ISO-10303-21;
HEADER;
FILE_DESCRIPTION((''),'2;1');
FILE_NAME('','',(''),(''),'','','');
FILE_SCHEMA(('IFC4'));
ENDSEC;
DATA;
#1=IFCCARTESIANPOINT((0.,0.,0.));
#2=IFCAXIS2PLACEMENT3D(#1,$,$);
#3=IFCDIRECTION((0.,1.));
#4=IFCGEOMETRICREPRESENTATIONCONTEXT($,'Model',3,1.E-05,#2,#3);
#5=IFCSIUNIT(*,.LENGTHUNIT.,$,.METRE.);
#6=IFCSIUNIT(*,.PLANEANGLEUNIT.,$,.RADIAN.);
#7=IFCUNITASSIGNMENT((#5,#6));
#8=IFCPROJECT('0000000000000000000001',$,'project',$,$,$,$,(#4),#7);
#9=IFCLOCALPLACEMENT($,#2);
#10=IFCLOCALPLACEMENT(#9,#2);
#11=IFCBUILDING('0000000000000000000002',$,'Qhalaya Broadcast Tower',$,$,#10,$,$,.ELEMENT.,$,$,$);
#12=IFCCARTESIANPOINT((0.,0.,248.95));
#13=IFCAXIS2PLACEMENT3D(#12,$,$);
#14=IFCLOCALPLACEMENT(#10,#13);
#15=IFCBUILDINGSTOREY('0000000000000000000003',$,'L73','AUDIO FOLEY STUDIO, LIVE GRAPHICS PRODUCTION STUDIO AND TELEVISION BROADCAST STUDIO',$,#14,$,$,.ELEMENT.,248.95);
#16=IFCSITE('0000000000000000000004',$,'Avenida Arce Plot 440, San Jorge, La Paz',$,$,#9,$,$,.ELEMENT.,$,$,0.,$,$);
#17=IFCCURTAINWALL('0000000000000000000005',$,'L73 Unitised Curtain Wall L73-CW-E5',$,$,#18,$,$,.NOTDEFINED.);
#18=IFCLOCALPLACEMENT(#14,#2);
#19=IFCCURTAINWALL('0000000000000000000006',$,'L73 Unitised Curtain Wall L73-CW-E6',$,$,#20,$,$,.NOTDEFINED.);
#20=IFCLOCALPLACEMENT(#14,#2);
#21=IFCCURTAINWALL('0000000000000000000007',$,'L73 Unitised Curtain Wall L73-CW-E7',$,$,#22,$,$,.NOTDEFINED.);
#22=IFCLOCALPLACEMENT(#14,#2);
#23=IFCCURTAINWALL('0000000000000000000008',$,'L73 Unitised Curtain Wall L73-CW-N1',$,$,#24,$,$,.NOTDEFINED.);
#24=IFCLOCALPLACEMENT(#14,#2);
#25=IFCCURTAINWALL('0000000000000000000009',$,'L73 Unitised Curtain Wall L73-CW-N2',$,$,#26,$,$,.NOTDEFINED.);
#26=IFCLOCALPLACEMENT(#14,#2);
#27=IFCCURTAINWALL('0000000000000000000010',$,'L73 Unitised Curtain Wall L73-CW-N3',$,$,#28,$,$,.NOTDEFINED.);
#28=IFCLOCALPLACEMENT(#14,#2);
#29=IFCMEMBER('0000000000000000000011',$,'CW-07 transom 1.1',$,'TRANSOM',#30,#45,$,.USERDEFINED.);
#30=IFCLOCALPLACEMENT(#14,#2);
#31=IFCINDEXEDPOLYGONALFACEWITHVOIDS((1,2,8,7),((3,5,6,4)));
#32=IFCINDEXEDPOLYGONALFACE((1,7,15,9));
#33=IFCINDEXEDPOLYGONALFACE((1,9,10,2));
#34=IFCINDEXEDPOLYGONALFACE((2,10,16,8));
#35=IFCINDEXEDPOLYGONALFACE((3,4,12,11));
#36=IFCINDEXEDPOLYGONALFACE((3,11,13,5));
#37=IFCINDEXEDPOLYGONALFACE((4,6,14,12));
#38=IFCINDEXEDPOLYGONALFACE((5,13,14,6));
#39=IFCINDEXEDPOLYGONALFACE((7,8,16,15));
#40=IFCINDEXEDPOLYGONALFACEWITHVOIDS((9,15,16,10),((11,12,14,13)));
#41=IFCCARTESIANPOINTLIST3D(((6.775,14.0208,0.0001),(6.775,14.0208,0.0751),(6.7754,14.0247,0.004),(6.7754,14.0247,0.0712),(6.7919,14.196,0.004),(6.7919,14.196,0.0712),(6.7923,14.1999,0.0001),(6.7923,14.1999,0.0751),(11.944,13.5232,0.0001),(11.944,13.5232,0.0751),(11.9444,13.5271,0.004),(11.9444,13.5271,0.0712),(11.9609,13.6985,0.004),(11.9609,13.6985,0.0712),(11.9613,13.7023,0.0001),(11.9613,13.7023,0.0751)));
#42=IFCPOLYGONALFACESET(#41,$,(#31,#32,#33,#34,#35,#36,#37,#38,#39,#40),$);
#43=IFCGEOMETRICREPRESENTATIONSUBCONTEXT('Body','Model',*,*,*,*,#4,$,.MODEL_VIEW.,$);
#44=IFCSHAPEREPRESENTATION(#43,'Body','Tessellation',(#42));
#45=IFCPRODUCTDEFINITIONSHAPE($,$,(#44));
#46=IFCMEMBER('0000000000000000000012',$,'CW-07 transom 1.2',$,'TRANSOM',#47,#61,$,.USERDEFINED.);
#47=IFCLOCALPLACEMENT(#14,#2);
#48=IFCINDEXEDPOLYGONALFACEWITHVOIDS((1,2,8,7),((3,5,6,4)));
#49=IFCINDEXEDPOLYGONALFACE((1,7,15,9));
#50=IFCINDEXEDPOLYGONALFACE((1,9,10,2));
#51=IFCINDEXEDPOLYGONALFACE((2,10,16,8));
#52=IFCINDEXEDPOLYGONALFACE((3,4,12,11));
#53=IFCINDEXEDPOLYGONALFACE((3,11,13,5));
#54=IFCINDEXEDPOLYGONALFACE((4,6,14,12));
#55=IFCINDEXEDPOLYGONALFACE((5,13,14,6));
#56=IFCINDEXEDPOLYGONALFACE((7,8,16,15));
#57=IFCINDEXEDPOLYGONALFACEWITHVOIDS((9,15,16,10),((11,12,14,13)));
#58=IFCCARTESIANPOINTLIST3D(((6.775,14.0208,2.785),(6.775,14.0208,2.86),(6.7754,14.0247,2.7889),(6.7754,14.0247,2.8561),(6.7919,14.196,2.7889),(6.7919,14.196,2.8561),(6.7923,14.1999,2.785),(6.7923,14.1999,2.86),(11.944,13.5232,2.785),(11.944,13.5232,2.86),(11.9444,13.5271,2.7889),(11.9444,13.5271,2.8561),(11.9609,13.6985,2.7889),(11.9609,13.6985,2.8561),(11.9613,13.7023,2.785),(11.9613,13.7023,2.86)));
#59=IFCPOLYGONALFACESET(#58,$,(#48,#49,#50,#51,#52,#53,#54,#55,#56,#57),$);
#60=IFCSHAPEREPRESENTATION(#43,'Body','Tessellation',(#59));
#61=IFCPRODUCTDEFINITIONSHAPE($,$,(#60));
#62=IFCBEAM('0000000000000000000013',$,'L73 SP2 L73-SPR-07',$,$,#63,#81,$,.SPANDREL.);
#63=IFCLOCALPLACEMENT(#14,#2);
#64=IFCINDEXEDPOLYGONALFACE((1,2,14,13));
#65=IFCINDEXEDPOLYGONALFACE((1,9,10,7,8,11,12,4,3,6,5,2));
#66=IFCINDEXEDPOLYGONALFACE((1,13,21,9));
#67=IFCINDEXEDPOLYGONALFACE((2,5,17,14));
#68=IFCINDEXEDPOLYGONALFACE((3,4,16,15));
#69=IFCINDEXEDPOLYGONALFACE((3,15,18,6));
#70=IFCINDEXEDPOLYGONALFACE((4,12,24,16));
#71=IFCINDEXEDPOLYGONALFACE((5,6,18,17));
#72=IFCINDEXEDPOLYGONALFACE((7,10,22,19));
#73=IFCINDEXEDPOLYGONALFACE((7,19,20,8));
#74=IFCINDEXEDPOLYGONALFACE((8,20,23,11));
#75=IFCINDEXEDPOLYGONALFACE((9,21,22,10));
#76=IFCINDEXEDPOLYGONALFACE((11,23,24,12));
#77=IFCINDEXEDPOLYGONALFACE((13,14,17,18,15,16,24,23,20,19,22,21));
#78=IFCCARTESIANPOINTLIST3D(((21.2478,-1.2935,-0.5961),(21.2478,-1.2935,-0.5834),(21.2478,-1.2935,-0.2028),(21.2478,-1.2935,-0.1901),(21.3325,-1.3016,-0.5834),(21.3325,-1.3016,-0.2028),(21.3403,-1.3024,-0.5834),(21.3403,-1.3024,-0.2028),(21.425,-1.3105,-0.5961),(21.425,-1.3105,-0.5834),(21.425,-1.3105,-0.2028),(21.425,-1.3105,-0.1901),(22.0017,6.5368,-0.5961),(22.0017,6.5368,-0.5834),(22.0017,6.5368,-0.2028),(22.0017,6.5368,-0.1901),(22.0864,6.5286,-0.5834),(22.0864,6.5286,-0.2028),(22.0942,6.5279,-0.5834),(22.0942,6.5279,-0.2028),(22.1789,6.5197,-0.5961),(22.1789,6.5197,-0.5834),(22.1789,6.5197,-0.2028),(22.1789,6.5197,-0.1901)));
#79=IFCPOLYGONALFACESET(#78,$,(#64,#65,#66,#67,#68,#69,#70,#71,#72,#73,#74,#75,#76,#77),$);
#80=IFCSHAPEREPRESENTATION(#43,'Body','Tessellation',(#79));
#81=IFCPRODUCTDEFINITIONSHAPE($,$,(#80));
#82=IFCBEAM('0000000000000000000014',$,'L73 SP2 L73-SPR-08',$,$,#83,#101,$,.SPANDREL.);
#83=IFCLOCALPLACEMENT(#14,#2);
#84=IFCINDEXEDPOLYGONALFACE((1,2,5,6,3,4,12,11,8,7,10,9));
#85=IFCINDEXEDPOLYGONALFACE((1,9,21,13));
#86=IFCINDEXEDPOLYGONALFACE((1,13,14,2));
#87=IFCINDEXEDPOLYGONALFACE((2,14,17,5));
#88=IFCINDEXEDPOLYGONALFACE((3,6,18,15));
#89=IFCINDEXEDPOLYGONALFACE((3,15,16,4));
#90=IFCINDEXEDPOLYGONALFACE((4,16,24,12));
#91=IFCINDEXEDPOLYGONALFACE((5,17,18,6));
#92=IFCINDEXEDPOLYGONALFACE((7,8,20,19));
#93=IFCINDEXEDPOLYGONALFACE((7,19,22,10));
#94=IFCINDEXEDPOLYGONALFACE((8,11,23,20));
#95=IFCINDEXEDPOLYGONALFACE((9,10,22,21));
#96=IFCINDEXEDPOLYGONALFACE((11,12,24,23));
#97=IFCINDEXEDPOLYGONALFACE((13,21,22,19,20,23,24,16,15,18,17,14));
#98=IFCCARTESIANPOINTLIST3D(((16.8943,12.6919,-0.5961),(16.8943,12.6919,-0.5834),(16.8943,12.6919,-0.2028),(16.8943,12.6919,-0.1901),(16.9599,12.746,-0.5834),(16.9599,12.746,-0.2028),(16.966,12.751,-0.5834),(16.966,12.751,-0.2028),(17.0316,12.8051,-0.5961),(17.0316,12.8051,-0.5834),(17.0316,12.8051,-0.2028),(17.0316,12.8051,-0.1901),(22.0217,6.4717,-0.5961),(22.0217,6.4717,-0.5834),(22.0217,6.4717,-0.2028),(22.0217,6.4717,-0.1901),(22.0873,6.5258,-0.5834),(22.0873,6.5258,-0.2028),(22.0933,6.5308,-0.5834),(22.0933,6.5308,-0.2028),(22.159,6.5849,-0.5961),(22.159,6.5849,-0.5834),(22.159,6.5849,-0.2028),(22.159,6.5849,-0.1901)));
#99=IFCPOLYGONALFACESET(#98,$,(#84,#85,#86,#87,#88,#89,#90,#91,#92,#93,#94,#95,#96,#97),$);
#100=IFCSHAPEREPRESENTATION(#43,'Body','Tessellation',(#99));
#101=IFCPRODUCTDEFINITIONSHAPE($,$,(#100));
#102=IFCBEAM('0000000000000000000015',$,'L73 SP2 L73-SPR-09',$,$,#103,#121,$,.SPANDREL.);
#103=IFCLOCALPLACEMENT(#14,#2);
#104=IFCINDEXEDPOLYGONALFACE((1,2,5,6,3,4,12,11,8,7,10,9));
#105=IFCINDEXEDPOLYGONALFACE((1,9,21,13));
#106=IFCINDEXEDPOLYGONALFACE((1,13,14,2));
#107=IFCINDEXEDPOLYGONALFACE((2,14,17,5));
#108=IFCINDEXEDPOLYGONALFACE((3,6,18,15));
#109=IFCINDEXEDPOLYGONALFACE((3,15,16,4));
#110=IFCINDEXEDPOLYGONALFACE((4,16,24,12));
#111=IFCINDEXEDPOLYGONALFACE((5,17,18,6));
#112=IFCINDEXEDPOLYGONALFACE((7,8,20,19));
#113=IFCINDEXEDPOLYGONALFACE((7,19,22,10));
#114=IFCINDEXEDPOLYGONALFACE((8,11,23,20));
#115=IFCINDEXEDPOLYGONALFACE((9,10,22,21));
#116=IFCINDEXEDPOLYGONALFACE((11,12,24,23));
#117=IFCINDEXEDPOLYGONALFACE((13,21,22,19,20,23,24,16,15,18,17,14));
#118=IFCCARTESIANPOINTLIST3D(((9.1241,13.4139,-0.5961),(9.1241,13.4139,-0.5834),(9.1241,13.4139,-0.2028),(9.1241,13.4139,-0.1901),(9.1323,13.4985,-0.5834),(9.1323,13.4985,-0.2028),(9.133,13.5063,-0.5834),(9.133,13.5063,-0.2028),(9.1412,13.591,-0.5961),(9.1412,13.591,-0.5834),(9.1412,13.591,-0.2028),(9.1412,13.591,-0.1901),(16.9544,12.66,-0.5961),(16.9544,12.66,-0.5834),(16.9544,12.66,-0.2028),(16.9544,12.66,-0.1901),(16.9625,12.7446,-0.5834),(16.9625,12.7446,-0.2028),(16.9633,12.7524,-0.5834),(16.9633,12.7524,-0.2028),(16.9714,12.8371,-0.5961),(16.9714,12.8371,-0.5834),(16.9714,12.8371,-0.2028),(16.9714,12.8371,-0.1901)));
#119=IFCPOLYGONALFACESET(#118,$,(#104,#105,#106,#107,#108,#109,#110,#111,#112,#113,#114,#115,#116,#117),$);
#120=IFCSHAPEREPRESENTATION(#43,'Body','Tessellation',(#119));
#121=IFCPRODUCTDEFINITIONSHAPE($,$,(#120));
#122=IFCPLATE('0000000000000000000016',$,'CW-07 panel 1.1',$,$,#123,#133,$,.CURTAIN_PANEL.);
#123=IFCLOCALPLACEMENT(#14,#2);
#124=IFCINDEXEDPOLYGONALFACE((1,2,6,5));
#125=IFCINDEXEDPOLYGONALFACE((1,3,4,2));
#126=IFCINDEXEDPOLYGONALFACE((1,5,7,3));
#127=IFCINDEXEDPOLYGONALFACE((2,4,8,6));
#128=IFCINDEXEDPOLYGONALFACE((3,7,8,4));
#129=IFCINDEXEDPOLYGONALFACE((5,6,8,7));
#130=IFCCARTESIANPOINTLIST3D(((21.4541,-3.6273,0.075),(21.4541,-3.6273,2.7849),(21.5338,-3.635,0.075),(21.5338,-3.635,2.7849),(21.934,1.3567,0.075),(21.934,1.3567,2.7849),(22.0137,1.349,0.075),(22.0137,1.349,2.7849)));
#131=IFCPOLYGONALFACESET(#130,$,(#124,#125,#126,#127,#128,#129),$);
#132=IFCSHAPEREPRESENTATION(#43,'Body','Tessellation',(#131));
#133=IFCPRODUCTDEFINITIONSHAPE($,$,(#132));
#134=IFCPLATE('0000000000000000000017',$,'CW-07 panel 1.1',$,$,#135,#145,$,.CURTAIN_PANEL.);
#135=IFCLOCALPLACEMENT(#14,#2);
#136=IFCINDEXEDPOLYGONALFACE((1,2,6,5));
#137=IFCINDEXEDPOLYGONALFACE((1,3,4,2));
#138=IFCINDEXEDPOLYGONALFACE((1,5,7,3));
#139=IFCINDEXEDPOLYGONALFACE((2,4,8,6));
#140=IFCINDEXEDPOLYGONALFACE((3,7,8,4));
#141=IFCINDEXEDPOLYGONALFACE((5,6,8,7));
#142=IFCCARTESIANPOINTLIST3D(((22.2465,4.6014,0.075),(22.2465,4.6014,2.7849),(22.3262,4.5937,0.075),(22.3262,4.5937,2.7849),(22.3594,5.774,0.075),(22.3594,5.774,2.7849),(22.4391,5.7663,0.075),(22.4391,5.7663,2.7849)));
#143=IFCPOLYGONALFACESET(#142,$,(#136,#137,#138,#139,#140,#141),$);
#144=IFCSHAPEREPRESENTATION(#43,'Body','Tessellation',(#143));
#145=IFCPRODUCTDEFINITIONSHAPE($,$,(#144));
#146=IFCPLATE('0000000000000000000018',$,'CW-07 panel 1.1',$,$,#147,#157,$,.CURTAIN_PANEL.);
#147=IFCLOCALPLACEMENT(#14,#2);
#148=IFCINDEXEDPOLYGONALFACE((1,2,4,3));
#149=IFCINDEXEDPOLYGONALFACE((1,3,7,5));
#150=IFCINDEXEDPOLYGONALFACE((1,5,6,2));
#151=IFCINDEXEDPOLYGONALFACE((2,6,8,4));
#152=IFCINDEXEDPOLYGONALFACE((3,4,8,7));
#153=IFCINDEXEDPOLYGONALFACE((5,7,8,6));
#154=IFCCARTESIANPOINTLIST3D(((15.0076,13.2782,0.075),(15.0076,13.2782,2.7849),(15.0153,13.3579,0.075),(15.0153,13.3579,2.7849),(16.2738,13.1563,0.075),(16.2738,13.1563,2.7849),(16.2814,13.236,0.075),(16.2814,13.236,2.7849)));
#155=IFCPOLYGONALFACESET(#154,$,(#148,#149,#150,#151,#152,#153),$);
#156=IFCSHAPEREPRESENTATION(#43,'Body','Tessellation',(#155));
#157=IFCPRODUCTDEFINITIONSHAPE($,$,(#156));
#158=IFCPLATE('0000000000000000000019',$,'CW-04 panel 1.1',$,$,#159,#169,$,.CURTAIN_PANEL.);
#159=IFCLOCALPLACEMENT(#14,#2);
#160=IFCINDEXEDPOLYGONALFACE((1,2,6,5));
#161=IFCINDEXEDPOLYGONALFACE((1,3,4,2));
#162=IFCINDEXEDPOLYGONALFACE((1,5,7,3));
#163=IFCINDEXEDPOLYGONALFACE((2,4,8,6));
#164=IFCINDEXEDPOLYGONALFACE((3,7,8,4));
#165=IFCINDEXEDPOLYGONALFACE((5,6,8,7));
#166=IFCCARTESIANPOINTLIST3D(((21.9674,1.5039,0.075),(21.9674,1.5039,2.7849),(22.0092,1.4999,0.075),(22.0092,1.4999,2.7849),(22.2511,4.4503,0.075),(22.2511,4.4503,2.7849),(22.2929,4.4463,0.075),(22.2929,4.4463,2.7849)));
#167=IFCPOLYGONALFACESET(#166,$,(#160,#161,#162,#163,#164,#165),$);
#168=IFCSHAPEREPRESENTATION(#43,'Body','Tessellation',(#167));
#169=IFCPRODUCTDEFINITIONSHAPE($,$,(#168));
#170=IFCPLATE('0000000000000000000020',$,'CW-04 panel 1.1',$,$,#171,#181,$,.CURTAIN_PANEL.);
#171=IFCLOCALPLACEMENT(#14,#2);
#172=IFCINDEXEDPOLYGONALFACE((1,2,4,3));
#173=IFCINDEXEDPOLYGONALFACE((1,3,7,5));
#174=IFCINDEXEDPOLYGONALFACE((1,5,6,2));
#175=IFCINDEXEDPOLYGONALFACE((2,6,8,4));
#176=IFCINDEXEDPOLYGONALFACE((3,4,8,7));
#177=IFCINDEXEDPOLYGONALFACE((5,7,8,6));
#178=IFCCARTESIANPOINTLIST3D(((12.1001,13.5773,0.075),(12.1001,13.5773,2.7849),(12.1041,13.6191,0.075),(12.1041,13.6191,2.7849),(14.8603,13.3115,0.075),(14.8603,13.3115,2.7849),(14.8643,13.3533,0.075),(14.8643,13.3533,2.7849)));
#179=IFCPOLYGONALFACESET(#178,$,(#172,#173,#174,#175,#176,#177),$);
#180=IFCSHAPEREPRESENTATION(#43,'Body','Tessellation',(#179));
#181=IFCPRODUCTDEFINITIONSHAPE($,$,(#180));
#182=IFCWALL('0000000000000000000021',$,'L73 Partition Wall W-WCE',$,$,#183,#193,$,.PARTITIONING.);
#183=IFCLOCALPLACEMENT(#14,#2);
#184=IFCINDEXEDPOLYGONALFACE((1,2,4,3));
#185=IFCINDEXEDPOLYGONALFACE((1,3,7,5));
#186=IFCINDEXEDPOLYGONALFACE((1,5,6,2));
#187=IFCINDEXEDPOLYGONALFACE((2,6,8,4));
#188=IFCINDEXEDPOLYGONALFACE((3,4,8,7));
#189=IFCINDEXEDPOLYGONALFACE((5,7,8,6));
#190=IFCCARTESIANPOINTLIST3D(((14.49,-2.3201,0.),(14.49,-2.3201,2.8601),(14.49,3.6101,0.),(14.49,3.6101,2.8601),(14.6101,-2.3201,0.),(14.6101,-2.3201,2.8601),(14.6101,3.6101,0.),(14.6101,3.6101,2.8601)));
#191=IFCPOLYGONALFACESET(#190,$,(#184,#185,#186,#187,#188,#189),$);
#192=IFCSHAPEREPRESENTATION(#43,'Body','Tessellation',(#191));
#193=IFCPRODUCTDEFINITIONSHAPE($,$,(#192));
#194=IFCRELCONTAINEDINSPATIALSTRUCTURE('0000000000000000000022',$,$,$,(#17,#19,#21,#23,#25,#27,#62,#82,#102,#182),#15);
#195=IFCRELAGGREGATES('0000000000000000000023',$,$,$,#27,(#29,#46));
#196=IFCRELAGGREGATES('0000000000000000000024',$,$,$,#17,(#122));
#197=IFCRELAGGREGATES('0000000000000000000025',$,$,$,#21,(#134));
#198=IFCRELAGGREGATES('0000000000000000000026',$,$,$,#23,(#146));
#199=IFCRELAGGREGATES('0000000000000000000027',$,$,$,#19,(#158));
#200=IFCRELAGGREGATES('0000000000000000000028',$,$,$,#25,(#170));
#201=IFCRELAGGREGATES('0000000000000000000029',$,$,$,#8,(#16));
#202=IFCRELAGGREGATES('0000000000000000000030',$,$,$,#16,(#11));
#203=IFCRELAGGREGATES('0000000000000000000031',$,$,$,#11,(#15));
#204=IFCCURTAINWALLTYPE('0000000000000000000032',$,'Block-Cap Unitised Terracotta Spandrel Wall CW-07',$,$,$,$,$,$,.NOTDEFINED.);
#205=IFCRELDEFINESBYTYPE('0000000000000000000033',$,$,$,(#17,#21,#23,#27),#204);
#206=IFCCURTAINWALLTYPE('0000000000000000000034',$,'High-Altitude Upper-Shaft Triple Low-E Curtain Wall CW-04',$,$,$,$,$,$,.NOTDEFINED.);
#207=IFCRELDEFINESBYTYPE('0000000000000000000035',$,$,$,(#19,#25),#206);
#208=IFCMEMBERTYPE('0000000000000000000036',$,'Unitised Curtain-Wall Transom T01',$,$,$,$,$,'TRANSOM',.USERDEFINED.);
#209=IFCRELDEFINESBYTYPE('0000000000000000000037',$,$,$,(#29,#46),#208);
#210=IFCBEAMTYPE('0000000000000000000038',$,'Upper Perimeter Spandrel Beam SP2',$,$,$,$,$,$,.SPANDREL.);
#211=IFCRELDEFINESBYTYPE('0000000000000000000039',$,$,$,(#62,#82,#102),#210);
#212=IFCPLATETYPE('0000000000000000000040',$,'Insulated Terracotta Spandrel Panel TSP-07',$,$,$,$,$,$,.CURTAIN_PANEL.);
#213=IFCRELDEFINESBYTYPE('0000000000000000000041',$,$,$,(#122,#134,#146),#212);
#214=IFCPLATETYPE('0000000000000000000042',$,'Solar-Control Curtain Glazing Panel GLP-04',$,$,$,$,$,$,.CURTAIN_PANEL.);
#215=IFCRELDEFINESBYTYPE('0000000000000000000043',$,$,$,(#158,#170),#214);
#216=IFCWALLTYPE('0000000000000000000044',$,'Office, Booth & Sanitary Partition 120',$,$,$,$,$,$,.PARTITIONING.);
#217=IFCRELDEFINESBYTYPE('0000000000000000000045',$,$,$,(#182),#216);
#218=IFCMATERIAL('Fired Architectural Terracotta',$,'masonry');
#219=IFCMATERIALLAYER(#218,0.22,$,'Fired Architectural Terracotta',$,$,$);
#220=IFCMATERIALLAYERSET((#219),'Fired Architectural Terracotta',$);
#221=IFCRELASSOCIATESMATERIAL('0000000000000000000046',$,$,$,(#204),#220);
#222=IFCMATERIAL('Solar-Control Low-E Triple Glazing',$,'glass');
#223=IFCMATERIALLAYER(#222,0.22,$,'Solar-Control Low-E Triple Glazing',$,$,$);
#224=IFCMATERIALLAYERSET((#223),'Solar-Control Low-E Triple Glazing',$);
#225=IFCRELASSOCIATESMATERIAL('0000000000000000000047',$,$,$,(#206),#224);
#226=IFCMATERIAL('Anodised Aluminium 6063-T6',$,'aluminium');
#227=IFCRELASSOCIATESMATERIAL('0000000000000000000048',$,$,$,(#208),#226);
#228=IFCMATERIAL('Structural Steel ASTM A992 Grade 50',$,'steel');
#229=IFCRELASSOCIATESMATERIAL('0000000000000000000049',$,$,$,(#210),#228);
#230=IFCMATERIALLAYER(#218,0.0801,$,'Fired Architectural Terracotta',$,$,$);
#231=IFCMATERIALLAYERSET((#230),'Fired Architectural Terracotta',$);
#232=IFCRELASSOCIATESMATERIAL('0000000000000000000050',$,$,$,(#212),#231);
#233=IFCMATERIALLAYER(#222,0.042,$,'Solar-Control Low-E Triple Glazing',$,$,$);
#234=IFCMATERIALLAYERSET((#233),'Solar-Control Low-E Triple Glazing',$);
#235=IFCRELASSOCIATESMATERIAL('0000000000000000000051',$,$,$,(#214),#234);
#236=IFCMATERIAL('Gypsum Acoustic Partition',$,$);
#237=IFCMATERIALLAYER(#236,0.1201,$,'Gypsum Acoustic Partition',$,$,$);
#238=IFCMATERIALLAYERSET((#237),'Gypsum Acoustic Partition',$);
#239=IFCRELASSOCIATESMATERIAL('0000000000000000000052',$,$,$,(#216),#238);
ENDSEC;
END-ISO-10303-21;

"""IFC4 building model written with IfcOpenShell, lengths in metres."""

from ifc_helpers import new_model, si_unit, direction, frame, frame_2d, origin, origin_2d, place, context, subcontext, project, spatial, rectangle, hollow_rectangle, i_section, extrude, material, layer, layer_set, material_profile, profile_set, type_object, element, aggregate, save


model = new_model("IFC4")

# Units and contexts
model_context = context("Model", 3, precision=1e-05, world=origin(), true_north=direction((0.0, 1.0)))
body_context = subcontext(model_context, "Body", "Model", "MODEL_VIEW")
ifc_project = project(units=[si_unit("LENGTHUNIT", "METRE"), si_unit("PLANEANGLEUNIT", "RADIAN")], contexts=[model_context])

# Site, building, storey
site_placement = place(None, origin())
site = spatial("IfcSite", under=ifc_project, at=site_placement, Name="Avenida Arce Plot 440, San Jorge, La Paz", CompositionType="ELEMENT", RefElevation=0.0)
building_placement = place(site_placement, origin())
building = spatial("IfcBuilding", under=site, at=building_placement, Name="Qhalaya Broadcast Tower", CompositionType="ELEMENT")
storey_placement = place(building_placement, frame((0.0, 0.0, 248.95)))
storey = spatial("IfcBuildingStorey", under=building, at=storey_placement, Name="L73", Description="AUDIO FOLEY STUDIO, LIVE GRAPHICS PRODUCTION STUDIO AND TELEVISION BROADCAST STUDIO", CompositionType="ELEMENT", Elevation=248.95)

# Shared definitions
ifc_material_1 = material(Name="Fired Architectural Terracotta", Category="masonry")

# Curtain wall
ifc_layer_1 = layer(ifc_material_1, 0.22, Name="Fired Architectural Terracotta")
ifc_layer_set_1 = layer_set([ifc_layer_1], Name="Fired Architectural Terracotta")
curtain_wall_type_1 = type_object("IfcCurtainWallType", Name="Block-Cap Unitised Terracotta Spandrel Wall CW-07", PredefinedType="NOTDEFINED", material=ifc_layer_set_1)
curtain_wall_1_placement = place(storey_placement, origin())
curtain_wall_1 = element("IfcCurtainWall", 1, at=curtain_wall_1_placement, inside=storey, type_object=curtain_wall_type_1, Name="L73 Unitised Curtain Wall L73-CW-E5", PredefinedType="NOTDEFINED")
ifc_material_2 = material(Name="Anodised Aluminium 6063-T6", Category="aluminium")

# Curtain walls
ifc_material_3 = material(Name="Solar-Control Low-E Triple Glazing", Category="glass")
ifc_layer_2 = layer(ifc_material_3, 0.22, Name="Solar-Control Low-E Triple Glazing")
ifc_layer_set_2 = layer_set([ifc_layer_2], Name="Solar-Control Low-E Triple Glazing")
curtain_wall_type_2 = type_object("IfcCurtainWallType", Name="High-Altitude Upper-Shaft Triple Low-E Curtain Wall CW-04", PredefinedType="NOTDEFINED", material=ifc_layer_set_2)
curtain_wall_2_placement = place(storey_placement, origin())
curtain_wall_2 = element("IfcCurtainWall", 2, at=curtain_wall_2_placement, inside=storey, type_object=curtain_wall_type_2, Name="L73 Unitised Curtain Wall L73-CW-E6", PredefinedType="NOTDEFINED")
curtain_wall_3_placement = place(storey_placement, origin())
curtain_wall_3 = element("IfcCurtainWall", 3, at=curtain_wall_3_placement, inside=storey, type_object=curtain_wall_type_1, Name="L73 Unitised Curtain Wall L73-CW-E7", PredefinedType="NOTDEFINED")
curtain_wall_4_placement = place(storey_placement, origin())
curtain_wall_4 = element("IfcCurtainWall", 4, at=curtain_wall_4_placement, inside=storey, type_object=curtain_wall_type_1, Name="L73 Unitised Curtain Wall L73-CW-N1", PredefinedType="NOTDEFINED")
curtain_wall_5_placement = place(storey_placement, origin())
curtain_wall_5 = element("IfcCurtainWall", 5, at=curtain_wall_5_placement, inside=storey, type_object=curtain_wall_type_2, Name="L73 Unitised Curtain Wall L73-CW-N2", PredefinedType="NOTDEFINED")

# Curtain wall
curtain_wall_6_placement = place(storey_placement, origin())
curtain_wall_6 = element("IfcCurtainWall", 6, at=curtain_wall_6_placement, inside=storey, type_object=curtain_wall_type_1, Name="L73 Unitised Curtain Wall L73-CW-N3", PredefinedType="NOTDEFINED")

# Members
ifc_material_profile_1 = material_profile(ifc_material_2, hollow_rectangle(XDim=0.075, YDim=0.1799, WallThickness=0.0039, at=origin_2d()), Name="ALU-TRN 75x180x4")
ifc_profile_set_1 = profile_set([ifc_material_profile_1], Name="Anodised Aluminium 6063-T6")
member_type_1 = type_object("IfcMemberType", Name="Unitised Curtain-Wall Transom T01", ElementType="TRANSOM", PredefinedType="USERDEFINED", material=ifc_profile_set_1)
member_1_placement = place(storey_placement, frame((11.9526, 13.6128, 0.0376), z_axis=(-0.995399, 0.095816, 0.0), x_axis=(0.0, 0.0, 1.0)))
member_1 = element("IfcMember", 7, at=member_1_placement, type_object=member_type_1, Name="CW-07 transom 1.1", ObjectType="TRANSOM", PredefinedType="USERDEFINED", context=body_context, shape_type="SweptSolid", body=[
    extrude(hollow_rectangle(XDim=0.075, YDim=0.1799, WallThickness=0.0039, at=origin_2d()), origin(), (0.0, 0.0, 1.0), 5.1929),
])
member_2_placement = place(storey_placement, frame((11.9526, 13.6128, 2.8225), z_axis=(-0.995399, 0.095816, 0.0), x_axis=(0.0, 0.0, 1.0)))
member_2 = element("IfcMember", 8, at=member_2_placement, type_object=member_type_1, Name="CW-07 transom 1.2", ObjectType="TRANSOM", PredefinedType="USERDEFINED", context=body_context, shape_type="SweptSolid", body=[
    extrude(hollow_rectangle(XDim=0.075, YDim=0.1799, WallThickness=0.0039, at=origin_2d()), origin(), (0.0, 0.0, 1.0), 5.1929),
])
aggregate(curtain_wall_6, [member_1, member_2])

# Beams
ifc_material_4 = material(Name="Structural Steel ASTM A992 Grade 50", Category="steel")
ifc_material_profile_2 = material_profile(ifc_material_4, i_section(OverallWidth=0.178, OverallDepth=0.406, WebThickness=0.0078, FlangeThickness=0.0127, at=origin_2d()), Name="W16X40")
ifc_profile_set_2 = profile_set([ifc_material_profile_2], Name="Structural Steel ASTM A992 Grade 50")
beam_type = type_object("IfcBeamType", Name="Upper Perimeter Spandrel Beam SP2", PredefinedType="SPANDREL", material=ifc_profile_set_2)
beam_1_placement = place(storey_placement, frame((21.3364, -1.302, -0.3931), z_axis=(0.095837, 0.995397, 0.0), x_axis=(-0.995397, 0.095837, 0.0)))
element("IfcBeam", 9, at=beam_1_placement, inside=storey, type_object=beam_type, Name="L73 SP2 L73-SPR-07", PredefinedType="SPANDREL", context=body_context, shape_type="SweptSolid", body=[
    extrude(i_section(OverallWidth=0.178, OverallDepth=0.406, WebThickness=0.0078, FlangeThickness=0.0127, at=origin_2d()), origin(), (0.0, 0.0, 1.0), 7.8665),
])
beam_2_placement = place(storey_placement, frame((22.0903, 6.5283, -0.3931), z_axis=(-0.63607, 0.771631, 0.0), x_axis=(-0.771631, -0.63607, 0.0)))
element("IfcBeam", 10, at=beam_2_placement, inside=storey, type_object=beam_type, Name="L73 SP2 L73-SPR-08", PredefinedType="SPANDREL", context=body_context, shape_type="SweptSolid", body=[
    extrude(i_section(OverallWidth=0.178, OverallDepth=0.406, WebThickness=0.0078, FlangeThickness=0.0127, at=origin_2d()), origin(), (0.0, 0.0, 1.0), 8.061),
])
beam_3_placement = place(storey_placement, frame((16.9629, 12.7485, -0.3931), z_axis=(-0.995397, 0.095837, 0.0), x_axis=(-0.095837, -0.995397, 0.0)))
element("IfcBeam", 11, at=beam_3_placement, inside=storey, type_object=beam_type, Name="L73 SP2 L73-SPR-09", PredefinedType="SPANDREL", context=body_context, shape_type="SweptSolid", body=[
    extrude(i_section(OverallWidth=0.178, OverallDepth=0.406, WebThickness=0.0078, FlangeThickness=0.0127, at=origin_2d()), origin(), (0.0, 0.0, 1.0), 7.8665),
])

# Plates
ifc_layer_3 = layer(ifc_material_1, 0.0801, Name="Fired Architectural Terracotta")
ifc_layer_set_3 = layer_set([ifc_layer_3], Name="Fired Architectural Terracotta")
plate_type_1 = type_object("IfcPlateType", Name="Insulated Terracotta Spandrel Panel TSP-07", PredefinedType="CURTAIN_PANEL", material=ifc_layer_set_3)
plate_1_placement = place(storey_placement, frame((21.7339, -1.1392, 0.075), z_axis=(0.0, 0.0, 1.0), x_axis=(0.095849, 0.995396, 0.0)))
plate_1 = element("IfcPlate", 12, at=plate_1_placement, type_object=plate_type_1, Name="CW-07 panel 1.1", PredefinedType="CURTAIN_PANEL", context=body_context, shape_type="SweptSolid", body=[
    extrude(rectangle(XDim=5.0071, YDim=0.0801, at=origin_2d()), origin(), (0.0, 0.0, 1.0), 2.71),
])
aggregate(curtain_wall_1, [plate_1])
plate_2_placement = place(storey_placement, frame((22.3428, 5.1838, 0.075), z_axis=(0.0, 0.0, 1.0), x_axis=(0.095857, 0.995395, 0.0)))
plate_2 = element("IfcPlate", 13, at=plate_2_placement, type_object=plate_type_1, Name="CW-07 panel 1.1", PredefinedType="CURTAIN_PANEL", context=body_context, shape_type="SweptSolid", body=[
    extrude(rectangle(XDim=1.178, YDim=0.0801, at=origin_2d()), origin(), (0.0, 0.0, 1.0), 2.71),
])
aggregate(curtain_wall_3, [plate_2])
plate_3_placement = place(storey_placement, frame((15.6445, 13.2571, 0.075), z_axis=(0.0, 0.0, 1.0), x_axis=(-0.995396, 0.095848, 0.0)))
plate_3 = element("IfcPlate", 14, at=plate_3_placement, type_object=plate_type_1, Name="CW-07 panel 1.1", PredefinedType="CURTAIN_PANEL", context=body_context, shape_type="SweptSolid", body=[
    extrude(rectangle(XDim=1.272, YDim=0.0801, at=origin_2d()), origin(), (0.0, 0.0, 1.0), 2.71),
])
aggregate(curtain_wall_4, [plate_3])
ifc_layer_4 = layer(ifc_material_3, 0.042, Name="Solar-Control Low-E Triple Glazing")
ifc_layer_set_4 = layer_set([ifc_layer_4], Name="Solar-Control Low-E Triple Glazing")
plate_type_2 = type_object("IfcPlateType", Name="Solar-Control Curtain Glazing Panel GLP-04", PredefinedType="CURTAIN_PANEL", material=ifc_layer_set_4)
plate_4_placement = place(storey_placement, frame((22.1301, 2.9751, 0.075), z_axis=(0.0, 0.0, 1.0), x_axis=(0.095855, 0.995395, 0.0)))
plate_4 = element("IfcPlate", 15, at=plate_4_placement, type_object=plate_type_2, Name="CW-04 panel 1.1", PredefinedType="CURTAIN_PANEL", context=body_context, shape_type="SweptSolid", body=[
    extrude(rectangle(XDim=2.96, YDim=0.042, at=origin_2d()), origin(), (0.0, 0.0, 1.0), 2.71),
])
aggregate(curtain_wall_2, [plate_4])
plate_5_placement = place(storey_placement, frame((13.4822, 13.4653, 0.075), z_axis=(0.0, 0.0, 1.0), x_axis=(-0.995395, 0.095862, 0.0)))
plate_5 = element("IfcPlate", 16, at=plate_5_placement, type_object=plate_type_2, Name="CW-04 panel 1.1", PredefinedType="CURTAIN_PANEL", context=body_context, shape_type="SweptSolid", body=[
    extrude(rectangle(XDim=2.7729, YDim=0.042, at=origin_2d()), origin(), (0.0, 0.0, 1.0), 2.71),
])
aggregate(curtain_wall_5, [plate_5])

# Wall
ifc_material_5 = material(Name="Gypsum Acoustic Partition")
ifc_layer_5 = layer(ifc_material_5, 0.1201, Name="Gypsum Acoustic Partition")
ifc_layer_set_5 = layer_set([ifc_layer_5], Name="Gypsum Acoustic Partition")
wall_type = type_object("IfcWallType", Name="Office, Booth & Sanitary Partition 120", PredefinedType="PARTITIONING", material=ifc_layer_set_5)
wall_1_placement = place(storey_placement, frame((14.55, -2.3201, 0.0), z_axis=(0.0, 0.0, 1.0), x_axis=(0.0, 1.0, 0.0)))
element("IfcWall", 17, at=wall_1_placement, inside=storey, type_object=wall_type, Name="L73 Partition Wall W-WCE", PredefinedType="PARTITIONING", context=body_context, shape_type="SweptSolid", body=[
    extrude(rectangle(XDim=5.9302, YDim=0.1201, at=frame_2d((2.9651, 0.0))), origin(), (0.0, 0.0, 1.0), 2.8601),
])

save(model, "model.ifc")
